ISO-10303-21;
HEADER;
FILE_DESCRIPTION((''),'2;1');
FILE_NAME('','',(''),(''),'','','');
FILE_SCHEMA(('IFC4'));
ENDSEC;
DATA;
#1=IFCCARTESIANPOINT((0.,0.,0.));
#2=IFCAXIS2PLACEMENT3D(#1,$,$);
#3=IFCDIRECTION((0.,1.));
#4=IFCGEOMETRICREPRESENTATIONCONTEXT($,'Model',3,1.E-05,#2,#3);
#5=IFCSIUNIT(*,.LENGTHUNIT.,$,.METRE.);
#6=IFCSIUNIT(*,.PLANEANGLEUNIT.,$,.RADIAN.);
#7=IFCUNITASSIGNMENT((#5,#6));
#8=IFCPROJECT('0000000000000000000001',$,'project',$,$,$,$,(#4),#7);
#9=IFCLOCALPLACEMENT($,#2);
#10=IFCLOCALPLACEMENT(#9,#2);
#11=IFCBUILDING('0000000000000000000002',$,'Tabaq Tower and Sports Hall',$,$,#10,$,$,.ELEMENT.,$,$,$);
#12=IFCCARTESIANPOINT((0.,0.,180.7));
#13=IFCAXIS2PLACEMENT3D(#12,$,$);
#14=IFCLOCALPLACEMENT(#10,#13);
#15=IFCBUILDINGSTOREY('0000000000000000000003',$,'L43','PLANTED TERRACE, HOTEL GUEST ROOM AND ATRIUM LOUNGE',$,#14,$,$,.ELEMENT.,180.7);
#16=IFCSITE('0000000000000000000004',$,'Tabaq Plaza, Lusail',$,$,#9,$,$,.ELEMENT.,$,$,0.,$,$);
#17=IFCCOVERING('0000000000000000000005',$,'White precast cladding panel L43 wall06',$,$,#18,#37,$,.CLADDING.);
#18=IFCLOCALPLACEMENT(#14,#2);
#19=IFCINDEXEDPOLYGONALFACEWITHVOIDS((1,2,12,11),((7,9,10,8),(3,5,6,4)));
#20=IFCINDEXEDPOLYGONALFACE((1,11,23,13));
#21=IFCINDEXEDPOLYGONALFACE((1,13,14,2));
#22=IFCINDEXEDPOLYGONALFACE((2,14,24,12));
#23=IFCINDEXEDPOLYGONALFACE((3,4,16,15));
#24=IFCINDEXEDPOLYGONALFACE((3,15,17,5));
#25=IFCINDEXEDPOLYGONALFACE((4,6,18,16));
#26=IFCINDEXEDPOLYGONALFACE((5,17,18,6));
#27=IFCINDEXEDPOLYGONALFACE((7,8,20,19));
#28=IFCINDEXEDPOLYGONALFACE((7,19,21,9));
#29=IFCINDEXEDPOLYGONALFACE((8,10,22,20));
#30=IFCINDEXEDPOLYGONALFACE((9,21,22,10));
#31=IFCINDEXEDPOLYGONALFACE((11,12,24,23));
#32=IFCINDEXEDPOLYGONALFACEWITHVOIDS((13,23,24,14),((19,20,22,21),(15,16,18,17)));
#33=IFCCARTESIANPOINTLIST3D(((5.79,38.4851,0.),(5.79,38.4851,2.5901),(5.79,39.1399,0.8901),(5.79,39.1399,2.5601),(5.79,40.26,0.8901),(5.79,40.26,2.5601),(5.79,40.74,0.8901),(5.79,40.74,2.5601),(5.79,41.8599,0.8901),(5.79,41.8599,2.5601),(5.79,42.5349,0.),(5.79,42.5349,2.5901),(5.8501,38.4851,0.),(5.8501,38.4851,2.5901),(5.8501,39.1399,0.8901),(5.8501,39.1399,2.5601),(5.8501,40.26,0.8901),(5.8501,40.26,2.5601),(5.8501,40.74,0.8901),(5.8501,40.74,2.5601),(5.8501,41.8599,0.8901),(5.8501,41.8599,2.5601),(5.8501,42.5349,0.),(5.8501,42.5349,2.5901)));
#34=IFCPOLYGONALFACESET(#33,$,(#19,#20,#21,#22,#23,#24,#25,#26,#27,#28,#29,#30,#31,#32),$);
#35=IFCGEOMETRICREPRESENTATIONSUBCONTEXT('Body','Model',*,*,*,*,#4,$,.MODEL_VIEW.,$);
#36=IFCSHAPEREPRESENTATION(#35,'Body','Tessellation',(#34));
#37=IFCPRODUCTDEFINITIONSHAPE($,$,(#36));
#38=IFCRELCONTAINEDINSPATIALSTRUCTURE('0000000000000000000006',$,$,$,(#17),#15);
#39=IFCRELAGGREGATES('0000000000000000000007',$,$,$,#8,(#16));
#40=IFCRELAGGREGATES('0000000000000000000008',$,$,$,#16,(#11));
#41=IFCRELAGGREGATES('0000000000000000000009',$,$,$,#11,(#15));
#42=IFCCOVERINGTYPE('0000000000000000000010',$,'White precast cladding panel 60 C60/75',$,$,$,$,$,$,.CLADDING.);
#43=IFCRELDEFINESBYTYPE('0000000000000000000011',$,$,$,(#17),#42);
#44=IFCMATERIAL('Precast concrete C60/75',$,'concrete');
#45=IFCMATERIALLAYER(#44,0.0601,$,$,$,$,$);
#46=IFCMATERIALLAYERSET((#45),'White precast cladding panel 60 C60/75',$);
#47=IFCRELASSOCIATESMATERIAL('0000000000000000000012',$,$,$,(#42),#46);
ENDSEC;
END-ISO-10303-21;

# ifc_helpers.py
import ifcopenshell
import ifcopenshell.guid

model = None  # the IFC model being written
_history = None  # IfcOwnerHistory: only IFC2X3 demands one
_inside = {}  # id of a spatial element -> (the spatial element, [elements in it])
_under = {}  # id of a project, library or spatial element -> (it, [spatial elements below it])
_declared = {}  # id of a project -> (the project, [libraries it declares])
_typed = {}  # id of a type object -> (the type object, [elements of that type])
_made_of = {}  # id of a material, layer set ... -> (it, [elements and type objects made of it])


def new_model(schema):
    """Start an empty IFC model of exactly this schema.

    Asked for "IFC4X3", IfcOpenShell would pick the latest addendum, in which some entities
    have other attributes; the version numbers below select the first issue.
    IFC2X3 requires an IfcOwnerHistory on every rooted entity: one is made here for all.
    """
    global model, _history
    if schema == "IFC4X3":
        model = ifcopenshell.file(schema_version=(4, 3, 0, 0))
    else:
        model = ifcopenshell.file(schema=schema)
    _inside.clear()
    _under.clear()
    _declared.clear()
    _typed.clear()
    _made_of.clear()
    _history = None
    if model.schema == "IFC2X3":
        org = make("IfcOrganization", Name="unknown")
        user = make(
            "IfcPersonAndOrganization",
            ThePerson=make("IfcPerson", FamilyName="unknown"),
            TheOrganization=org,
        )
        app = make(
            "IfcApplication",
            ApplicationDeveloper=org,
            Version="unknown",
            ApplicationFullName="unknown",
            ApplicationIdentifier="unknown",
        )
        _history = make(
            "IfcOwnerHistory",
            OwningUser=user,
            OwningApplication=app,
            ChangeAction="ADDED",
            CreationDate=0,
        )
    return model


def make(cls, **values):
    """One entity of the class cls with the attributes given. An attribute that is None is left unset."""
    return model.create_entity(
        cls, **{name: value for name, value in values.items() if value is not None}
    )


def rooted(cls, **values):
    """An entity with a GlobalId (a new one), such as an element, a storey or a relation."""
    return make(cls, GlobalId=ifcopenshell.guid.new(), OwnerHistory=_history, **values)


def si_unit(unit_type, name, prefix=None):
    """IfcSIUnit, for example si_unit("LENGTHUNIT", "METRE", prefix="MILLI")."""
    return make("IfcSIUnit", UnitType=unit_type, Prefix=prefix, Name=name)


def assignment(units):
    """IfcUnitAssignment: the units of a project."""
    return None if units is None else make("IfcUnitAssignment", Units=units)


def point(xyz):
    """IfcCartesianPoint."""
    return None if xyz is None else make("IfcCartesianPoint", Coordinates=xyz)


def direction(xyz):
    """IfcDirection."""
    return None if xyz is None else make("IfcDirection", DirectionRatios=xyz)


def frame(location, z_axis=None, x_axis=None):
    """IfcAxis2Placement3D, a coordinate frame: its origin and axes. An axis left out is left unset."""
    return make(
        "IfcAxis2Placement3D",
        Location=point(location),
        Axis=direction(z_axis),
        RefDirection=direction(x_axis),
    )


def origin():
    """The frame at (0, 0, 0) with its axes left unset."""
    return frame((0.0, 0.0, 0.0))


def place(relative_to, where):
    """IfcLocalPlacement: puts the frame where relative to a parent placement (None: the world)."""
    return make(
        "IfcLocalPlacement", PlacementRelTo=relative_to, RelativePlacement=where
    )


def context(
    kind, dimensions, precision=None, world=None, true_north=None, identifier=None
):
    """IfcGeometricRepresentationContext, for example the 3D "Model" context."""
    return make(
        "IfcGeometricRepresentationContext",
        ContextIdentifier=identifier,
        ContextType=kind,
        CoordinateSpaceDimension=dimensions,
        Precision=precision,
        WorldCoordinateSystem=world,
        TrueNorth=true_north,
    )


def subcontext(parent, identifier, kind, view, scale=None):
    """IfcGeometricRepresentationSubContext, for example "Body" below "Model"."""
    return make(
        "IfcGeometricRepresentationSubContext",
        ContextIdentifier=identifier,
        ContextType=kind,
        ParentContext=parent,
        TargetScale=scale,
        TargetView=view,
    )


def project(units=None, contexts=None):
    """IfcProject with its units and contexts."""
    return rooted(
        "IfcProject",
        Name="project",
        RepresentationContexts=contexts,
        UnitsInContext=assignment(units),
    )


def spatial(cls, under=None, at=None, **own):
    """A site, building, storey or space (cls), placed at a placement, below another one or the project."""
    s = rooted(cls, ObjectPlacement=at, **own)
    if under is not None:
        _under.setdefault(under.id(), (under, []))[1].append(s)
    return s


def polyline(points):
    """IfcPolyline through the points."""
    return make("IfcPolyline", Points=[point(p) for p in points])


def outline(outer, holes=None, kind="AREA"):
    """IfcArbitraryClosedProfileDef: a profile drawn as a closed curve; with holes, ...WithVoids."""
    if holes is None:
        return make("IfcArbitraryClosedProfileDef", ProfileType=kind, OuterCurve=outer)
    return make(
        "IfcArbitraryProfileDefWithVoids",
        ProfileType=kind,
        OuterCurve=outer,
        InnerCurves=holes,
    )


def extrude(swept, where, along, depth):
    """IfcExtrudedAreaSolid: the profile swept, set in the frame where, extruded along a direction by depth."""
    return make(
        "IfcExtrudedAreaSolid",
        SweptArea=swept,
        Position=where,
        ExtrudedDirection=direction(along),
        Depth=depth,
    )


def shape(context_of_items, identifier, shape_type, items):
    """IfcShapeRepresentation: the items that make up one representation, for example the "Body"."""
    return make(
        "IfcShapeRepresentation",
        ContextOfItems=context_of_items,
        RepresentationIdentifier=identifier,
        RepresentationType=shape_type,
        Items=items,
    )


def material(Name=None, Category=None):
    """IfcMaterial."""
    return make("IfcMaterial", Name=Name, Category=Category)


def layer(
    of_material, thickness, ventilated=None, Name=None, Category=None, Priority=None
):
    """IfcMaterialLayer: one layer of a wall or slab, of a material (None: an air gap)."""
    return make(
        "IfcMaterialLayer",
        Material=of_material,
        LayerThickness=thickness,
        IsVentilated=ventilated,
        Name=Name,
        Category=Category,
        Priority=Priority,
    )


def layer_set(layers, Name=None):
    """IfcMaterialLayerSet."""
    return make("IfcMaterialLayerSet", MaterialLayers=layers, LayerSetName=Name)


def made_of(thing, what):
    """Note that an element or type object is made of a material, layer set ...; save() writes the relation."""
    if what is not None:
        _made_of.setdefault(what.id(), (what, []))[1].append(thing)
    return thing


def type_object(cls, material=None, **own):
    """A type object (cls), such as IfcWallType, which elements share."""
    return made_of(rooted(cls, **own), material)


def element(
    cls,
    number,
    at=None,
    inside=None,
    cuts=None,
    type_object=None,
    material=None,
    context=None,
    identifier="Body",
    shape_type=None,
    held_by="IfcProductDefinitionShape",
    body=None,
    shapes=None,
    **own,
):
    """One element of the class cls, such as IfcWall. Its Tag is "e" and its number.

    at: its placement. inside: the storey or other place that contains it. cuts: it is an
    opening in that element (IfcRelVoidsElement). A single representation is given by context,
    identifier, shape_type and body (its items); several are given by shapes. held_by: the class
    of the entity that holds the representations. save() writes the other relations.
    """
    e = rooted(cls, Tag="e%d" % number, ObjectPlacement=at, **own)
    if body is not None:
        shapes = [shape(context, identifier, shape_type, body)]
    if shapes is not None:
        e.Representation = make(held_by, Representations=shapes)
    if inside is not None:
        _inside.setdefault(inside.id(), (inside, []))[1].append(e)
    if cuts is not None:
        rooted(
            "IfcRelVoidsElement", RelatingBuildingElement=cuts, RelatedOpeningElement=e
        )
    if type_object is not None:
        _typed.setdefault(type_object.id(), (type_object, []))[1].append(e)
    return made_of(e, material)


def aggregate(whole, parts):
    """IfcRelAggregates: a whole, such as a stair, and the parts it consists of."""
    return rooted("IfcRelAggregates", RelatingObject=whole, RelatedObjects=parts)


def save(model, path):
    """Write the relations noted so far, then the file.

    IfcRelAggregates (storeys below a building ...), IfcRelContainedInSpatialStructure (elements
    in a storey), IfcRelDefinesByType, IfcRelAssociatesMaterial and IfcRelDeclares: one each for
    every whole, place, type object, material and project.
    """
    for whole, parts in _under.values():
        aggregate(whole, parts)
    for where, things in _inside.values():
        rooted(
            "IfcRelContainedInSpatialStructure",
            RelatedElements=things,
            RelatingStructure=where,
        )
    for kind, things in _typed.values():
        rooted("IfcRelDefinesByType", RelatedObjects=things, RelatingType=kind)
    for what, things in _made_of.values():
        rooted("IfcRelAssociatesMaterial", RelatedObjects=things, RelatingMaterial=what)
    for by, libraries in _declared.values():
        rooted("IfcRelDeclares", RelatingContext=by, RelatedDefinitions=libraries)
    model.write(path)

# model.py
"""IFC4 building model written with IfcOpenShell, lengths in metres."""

from ifc_helpers import new_model, si_unit, direction, frame, origin, place, context, subcontext, project, spatial, polyline, outline, extrude, material, layer, layer_set, type_object, element, save


model = new_model("IFC4")

# Units and contexts
model_context = context("Model", 3, precision=1e-05, world=origin(), true_north=direction((0.0, 1.0)))
body_context = subcontext(model_context, "Body", "Model", "MODEL_VIEW")
ifc_project = project(units=[si_unit("LENGTHUNIT", "METRE"), si_unit("PLANEANGLEUNIT", "RADIAN")], contexts=[model_context])

# Site, building, storey
site_placement = place(None, origin())
site = spatial("IfcSite", under=ifc_project, at=site_placement, Name="Tabaq Plaza, Lusail", CompositionType="ELEMENT", RefElevation=0.0)
building_placement = place(site_placement, origin())
building = spatial("IfcBuilding", under=site, at=building_placement, Name="Tabaq Tower and Sports Hall", CompositionType="ELEMENT")
storey_placement = place(building_placement, frame((0.0, 0.0, 180.7)))
storey = spatial("IfcBuildingStorey", under=building, at=storey_placement, Name="L43", Description="PLANTED TERRACE, HOTEL GUEST ROOM AND ATRIUM LOUNGE", CompositionType="ELEMENT", Elevation=180.7)

# Covering
ifc_material_1 = material(Name="Precast concrete C60/75", Category="concrete")
ifc_layer_1 = layer(ifc_material_1, 0.0601)
ifc_layer_set_1 = layer_set([ifc_layer_1], Name="White precast cladding panel 60 C60/75")
covering_type_1 = type_object("IfcCoveringType", Name="White precast cladding panel 60 C60/75", PredefinedType="CLADDING", material=ifc_layer_set_1)
covering_1_placement = place(storey_placement, frame((5.8201, 42.5349, 0.0), z_axis=(0.0, 0.0, 1.0), x_axis=(0.0, -1.0, 0.0)))
element("IfcCovering", 1, at=covering_1_placement, inside=storey, type_object=covering_type_1, Name="White precast cladding panel L43 wall06", PredefinedType="CLADDING", context=body_context, shape_type="SweptSolid", body=[
    extrude(outline(polyline([(0.0, 0.0), (4.0498, 0.0), (4.0498, 2.5901), (0.0, 2.5901), (0.0, 0.0)]), holes=[polyline([(0.675, 0.8901), (0.675, 2.5601), (1.7949, 2.5601), (1.7949, 0.8901), (0.675, 0.8901)]), polyline([(2.2749, 0.8901), (2.2749, 2.5601), (3.395, 2.5601), (3.395, 0.8901), (2.2749, 0.8901)])]), frame((0.0, 0.03, 0.0), z_axis=(0.0, -1.0, 0.0), x_axis=(1.0, 0.0, 0.0)), (0.0, 0.0, 1.0), 0.0601),
])

save(model, "model.ifc")
